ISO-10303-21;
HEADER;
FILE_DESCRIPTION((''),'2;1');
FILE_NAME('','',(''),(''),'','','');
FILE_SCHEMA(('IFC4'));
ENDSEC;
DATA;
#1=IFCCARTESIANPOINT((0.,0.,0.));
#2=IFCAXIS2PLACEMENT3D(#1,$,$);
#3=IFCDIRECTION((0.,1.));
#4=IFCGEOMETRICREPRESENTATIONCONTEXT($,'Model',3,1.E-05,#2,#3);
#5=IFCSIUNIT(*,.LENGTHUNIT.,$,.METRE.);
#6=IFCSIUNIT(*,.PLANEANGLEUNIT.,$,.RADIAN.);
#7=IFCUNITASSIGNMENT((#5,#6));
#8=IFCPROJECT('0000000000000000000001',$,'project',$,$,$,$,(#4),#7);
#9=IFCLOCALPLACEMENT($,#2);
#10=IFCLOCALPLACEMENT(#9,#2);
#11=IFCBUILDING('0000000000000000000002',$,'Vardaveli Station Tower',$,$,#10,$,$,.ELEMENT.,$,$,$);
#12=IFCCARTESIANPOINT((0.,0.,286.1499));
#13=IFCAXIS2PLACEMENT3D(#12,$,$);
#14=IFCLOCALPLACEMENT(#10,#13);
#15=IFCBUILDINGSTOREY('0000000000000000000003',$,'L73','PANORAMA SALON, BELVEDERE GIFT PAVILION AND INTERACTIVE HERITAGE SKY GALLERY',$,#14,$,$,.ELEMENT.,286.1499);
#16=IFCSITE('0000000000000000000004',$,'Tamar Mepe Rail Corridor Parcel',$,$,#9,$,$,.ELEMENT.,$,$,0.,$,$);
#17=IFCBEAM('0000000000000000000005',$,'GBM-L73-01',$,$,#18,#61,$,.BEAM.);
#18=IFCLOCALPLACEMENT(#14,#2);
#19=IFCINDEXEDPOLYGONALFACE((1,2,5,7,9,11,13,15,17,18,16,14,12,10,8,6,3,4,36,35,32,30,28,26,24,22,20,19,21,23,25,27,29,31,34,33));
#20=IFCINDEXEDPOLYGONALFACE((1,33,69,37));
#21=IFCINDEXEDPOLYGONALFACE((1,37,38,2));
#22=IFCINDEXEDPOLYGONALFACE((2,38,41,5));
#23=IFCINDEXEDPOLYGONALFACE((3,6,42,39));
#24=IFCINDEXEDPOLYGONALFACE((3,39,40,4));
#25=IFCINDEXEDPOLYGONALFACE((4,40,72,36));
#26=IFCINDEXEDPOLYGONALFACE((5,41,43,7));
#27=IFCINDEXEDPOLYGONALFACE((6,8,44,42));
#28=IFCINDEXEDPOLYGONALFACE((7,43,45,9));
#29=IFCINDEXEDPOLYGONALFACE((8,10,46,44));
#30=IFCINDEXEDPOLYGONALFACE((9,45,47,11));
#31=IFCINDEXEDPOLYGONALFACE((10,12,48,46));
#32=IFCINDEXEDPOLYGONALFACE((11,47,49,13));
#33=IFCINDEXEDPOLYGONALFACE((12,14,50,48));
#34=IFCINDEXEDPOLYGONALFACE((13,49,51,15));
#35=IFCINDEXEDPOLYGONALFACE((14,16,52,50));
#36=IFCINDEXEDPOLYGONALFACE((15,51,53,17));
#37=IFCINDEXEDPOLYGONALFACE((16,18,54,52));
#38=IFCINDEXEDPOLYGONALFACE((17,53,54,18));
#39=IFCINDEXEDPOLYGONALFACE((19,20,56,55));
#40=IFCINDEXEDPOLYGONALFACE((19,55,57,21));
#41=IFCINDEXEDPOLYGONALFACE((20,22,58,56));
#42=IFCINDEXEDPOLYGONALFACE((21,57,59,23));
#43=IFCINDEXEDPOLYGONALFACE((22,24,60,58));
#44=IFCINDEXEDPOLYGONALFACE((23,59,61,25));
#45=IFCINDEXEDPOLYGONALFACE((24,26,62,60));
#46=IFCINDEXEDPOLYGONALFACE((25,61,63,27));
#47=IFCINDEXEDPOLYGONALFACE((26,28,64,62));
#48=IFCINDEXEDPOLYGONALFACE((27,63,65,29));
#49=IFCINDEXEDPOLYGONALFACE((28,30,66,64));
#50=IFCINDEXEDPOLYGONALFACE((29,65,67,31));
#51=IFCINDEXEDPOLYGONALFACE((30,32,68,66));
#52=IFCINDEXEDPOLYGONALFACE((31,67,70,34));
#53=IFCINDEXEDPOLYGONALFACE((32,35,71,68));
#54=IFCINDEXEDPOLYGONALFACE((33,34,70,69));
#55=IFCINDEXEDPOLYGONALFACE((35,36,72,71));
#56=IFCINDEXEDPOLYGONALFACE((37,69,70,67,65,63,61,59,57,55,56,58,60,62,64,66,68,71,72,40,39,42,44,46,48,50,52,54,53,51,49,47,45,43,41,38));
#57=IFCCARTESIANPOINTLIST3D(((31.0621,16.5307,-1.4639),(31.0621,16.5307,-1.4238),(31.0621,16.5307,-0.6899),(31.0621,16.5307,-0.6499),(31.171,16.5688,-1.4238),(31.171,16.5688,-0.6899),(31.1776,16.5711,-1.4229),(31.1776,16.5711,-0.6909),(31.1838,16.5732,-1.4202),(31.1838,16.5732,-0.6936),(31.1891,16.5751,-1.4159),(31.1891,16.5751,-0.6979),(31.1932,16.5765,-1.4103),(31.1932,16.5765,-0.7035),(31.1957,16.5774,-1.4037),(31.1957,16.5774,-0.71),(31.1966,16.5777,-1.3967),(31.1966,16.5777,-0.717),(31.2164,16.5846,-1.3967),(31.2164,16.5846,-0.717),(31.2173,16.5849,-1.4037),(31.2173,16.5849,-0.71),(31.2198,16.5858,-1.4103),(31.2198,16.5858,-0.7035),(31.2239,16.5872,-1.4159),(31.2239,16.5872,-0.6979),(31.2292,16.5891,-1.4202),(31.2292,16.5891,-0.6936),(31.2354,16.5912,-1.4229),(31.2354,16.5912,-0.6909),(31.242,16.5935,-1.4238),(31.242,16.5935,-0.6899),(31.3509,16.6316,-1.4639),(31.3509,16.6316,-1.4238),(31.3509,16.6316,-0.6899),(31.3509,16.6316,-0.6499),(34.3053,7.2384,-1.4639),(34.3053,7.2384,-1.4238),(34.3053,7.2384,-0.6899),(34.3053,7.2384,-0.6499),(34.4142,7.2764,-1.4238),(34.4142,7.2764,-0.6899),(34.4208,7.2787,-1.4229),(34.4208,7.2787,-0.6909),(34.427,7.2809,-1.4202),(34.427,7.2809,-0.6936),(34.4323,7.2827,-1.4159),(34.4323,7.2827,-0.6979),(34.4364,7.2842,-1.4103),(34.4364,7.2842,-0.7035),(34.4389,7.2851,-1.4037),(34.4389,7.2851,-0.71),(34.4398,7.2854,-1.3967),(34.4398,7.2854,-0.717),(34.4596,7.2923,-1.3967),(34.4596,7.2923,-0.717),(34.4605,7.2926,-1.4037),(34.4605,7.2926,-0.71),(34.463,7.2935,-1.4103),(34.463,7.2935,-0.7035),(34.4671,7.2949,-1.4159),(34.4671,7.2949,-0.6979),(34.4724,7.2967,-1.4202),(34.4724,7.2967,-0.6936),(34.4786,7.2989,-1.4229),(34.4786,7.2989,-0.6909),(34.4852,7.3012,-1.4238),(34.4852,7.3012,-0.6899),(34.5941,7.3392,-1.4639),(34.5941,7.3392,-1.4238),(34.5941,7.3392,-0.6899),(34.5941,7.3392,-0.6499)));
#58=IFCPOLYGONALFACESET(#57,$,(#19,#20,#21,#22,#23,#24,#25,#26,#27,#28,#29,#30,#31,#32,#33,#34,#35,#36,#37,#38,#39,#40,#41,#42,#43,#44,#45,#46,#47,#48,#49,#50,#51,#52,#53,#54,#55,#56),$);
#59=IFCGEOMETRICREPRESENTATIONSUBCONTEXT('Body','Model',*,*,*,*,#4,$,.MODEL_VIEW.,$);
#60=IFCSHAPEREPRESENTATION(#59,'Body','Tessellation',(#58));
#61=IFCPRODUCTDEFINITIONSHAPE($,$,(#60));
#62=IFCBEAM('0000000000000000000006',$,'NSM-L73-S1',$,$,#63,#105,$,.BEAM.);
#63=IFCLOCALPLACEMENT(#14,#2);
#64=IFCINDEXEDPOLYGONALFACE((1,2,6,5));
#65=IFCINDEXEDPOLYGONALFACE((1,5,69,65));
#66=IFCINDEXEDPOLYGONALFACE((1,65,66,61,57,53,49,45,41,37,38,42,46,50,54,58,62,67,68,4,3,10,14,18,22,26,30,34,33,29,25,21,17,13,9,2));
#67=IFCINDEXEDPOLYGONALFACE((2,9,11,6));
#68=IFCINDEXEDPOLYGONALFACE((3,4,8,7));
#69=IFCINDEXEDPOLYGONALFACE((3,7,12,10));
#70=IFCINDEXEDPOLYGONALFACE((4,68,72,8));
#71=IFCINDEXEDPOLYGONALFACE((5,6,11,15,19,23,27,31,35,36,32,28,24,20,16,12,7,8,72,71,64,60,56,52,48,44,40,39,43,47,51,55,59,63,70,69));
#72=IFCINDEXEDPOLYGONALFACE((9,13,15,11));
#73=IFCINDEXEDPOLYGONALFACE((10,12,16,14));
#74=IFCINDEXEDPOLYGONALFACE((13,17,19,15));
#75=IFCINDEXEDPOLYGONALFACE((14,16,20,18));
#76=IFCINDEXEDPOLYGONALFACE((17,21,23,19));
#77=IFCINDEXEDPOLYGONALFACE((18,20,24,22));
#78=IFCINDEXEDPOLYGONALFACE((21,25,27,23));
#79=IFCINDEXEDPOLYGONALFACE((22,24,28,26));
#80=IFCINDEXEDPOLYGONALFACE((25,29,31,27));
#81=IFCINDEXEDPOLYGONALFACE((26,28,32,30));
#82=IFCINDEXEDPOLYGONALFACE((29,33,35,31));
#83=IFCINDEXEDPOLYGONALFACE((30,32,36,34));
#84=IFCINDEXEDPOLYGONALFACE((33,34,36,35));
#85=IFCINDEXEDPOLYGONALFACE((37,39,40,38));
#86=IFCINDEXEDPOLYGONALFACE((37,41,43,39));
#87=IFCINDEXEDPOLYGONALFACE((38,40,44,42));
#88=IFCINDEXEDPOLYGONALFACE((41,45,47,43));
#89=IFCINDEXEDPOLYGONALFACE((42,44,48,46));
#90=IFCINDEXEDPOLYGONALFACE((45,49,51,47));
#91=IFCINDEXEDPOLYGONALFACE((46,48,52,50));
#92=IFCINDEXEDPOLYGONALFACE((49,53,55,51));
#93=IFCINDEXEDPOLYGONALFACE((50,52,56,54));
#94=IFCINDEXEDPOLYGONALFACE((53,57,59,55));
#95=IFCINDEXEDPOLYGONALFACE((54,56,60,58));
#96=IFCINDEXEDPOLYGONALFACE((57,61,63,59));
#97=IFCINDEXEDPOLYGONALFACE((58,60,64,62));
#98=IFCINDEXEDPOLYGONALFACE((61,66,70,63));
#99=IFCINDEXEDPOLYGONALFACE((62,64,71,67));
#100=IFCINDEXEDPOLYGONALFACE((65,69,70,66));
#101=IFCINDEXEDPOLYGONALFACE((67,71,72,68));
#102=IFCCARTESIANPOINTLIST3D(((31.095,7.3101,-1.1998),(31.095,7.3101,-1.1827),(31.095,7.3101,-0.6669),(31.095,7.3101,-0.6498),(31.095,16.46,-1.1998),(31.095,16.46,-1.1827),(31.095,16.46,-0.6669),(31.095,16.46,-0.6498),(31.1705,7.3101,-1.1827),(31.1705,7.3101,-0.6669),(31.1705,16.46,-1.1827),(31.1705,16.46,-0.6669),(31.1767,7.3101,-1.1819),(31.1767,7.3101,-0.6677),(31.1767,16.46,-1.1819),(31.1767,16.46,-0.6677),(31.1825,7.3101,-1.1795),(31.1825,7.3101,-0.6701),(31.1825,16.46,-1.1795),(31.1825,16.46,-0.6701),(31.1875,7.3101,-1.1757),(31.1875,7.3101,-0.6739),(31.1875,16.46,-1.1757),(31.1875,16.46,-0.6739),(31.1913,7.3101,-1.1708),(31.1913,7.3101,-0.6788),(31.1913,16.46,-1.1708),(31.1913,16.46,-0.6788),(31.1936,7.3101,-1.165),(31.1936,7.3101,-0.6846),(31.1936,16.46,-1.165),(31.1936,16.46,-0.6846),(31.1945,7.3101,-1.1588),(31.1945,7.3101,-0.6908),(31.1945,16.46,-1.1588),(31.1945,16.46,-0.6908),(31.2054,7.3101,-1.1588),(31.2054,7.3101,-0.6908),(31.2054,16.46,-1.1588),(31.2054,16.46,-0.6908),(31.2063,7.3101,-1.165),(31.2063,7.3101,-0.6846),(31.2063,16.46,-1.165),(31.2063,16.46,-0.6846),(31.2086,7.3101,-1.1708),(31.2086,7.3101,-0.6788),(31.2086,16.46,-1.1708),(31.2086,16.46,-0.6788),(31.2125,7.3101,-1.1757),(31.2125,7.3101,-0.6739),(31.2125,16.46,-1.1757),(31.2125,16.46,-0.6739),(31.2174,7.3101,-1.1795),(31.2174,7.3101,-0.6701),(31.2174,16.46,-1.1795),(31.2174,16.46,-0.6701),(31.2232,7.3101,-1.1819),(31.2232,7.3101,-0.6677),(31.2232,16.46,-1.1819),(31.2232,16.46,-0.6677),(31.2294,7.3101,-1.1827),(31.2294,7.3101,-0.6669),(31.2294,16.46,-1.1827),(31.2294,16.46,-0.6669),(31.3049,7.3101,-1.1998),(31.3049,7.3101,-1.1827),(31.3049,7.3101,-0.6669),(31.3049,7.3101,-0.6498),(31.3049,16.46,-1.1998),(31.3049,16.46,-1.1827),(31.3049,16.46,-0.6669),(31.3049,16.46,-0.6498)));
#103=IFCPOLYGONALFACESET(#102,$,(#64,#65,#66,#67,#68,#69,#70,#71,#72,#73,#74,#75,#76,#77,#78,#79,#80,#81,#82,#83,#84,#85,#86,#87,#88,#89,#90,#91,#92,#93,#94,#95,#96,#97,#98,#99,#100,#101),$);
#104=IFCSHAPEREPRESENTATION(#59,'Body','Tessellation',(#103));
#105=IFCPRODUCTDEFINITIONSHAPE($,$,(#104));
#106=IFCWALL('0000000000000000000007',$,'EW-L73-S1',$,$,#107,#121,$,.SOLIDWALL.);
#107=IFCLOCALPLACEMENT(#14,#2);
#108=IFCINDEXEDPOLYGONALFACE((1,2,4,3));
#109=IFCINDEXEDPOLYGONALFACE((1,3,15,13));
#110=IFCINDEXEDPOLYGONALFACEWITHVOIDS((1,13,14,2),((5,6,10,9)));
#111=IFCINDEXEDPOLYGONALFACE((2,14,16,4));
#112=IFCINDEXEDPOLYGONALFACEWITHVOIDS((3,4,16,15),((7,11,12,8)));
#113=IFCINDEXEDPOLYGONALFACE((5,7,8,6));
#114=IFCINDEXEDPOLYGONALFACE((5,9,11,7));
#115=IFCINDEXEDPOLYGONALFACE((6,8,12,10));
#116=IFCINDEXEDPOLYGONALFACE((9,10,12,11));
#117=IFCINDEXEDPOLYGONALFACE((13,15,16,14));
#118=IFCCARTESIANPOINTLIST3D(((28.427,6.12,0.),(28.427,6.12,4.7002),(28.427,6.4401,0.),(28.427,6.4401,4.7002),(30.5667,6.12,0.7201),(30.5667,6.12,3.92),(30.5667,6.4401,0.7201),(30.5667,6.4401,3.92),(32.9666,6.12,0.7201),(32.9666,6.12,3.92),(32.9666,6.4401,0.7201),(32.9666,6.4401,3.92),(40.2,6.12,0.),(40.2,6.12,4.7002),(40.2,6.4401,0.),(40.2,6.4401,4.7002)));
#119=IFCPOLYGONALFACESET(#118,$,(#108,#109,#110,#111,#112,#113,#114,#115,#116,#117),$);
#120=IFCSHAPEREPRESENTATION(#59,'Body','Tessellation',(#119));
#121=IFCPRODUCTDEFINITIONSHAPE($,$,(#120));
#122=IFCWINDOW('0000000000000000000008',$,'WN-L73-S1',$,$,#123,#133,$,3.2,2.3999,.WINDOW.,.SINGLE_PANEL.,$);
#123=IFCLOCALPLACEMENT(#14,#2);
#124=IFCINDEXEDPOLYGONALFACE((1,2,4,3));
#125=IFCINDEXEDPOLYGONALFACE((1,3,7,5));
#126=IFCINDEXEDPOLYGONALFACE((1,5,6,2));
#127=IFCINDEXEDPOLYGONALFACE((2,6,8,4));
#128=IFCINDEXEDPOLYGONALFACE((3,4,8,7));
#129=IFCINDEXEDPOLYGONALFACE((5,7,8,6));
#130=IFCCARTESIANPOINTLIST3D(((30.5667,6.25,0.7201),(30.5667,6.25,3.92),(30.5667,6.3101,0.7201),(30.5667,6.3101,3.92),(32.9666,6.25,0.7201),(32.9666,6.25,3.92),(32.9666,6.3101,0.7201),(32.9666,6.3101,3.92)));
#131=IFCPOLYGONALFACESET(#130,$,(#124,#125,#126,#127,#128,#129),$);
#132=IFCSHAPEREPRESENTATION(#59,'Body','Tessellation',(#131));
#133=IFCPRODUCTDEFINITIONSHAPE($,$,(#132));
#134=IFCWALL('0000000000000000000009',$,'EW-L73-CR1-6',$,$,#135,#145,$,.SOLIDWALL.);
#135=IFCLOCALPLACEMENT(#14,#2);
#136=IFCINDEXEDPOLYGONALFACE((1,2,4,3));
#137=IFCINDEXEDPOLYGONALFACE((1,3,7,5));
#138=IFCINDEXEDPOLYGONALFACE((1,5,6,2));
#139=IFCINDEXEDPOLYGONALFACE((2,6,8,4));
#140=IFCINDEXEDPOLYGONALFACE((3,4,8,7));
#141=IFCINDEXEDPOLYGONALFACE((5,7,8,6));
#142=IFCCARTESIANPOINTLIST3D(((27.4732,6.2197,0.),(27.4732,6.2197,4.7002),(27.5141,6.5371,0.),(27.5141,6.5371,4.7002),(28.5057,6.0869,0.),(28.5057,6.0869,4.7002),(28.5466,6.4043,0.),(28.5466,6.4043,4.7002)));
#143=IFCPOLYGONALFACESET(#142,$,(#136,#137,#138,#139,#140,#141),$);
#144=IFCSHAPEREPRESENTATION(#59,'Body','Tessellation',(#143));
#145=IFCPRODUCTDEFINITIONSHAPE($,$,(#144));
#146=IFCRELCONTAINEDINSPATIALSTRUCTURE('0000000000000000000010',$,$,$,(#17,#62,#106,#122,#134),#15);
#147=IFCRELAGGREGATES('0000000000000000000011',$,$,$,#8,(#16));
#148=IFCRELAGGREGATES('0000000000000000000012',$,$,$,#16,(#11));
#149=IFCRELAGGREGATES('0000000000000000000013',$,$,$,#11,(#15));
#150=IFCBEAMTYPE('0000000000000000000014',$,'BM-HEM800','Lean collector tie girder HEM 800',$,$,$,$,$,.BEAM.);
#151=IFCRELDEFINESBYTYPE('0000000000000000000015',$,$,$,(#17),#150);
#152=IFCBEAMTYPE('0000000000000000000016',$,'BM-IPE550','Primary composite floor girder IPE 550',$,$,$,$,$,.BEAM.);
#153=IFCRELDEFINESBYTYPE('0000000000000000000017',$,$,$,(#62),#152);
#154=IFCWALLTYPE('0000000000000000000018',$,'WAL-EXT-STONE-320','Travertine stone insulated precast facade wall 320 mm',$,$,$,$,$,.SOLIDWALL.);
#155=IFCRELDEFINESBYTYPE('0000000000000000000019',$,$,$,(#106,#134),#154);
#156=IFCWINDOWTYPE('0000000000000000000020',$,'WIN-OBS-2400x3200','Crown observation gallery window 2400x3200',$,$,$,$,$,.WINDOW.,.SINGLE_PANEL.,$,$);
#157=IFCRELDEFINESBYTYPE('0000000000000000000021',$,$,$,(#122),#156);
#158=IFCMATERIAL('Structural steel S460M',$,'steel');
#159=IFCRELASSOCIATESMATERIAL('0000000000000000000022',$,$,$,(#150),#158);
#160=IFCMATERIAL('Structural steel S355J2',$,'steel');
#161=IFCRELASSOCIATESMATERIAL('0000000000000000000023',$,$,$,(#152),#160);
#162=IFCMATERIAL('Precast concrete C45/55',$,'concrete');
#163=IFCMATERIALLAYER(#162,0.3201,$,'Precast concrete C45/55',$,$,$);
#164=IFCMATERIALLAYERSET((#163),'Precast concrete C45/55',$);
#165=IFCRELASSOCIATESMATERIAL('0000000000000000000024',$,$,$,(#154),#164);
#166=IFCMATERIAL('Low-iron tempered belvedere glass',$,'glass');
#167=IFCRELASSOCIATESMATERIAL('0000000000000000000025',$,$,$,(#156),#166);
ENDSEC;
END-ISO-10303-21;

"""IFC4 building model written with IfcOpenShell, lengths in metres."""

from ifc_helpers import new_model, si_unit, direction, frame, frame_2d, origin, origin_2d, place, context, subcontext, project, spatial, rectangle, i_section, extrude, source, transform, mapped, material, layer, layer_set, material_profile, profile_set, type_object, element, fill, save


model = new_model("IFC4")

# Units and contexts
model_context = context("Model", 3, precision=1e-05, world=origin(), true_north=direction((0.0, 1.0)))
body_context = subcontext(model_context, "Body", "Model", "MODEL_VIEW")
ifc_project = project(units=[si_unit("LENGTHUNIT", "METRE"), si_unit("PLANEANGLEUNIT", "RADIAN")], contexts=[model_context])

# Site, building, storey
site_placement = place(None, origin())
site = spatial("IfcSite", under=ifc_project, at=site_placement, Name="Tamar Mepe Rail Corridor Parcel", CompositionType="ELEMENT", RefElevation=0.0)
building_placement = place(site_placement, origin())
building = spatial("IfcBuilding", under=site, at=building_placement, Name="Vardaveli Station Tower", CompositionType="ELEMENT")
storey_placement = place(building_placement, frame((0.0, 0.0, 286.1499)))
storey = spatial("IfcBuildingStorey", under=building, at=storey_placement, Name="L73", Description="PANORAMA SALON, BELVEDERE GIFT PAVILION AND INTERACTIVE HERITAGE SKY GALLERY", CompositionType="ELEMENT", Elevation=286.1499)

# Shared definitions
ifc_material_1 = material(Name="Structural steel S460M", Category="steel")
ifc_material_2 = material(Name="Structural steel S355J2", Category="steel")

# Beams
ifc_material_profile_1 = material_profile(ifc_material_1, i_section(OverallWidth=0.3059, OverallDepth=0.814, WebThickness=0.021, FlangeThickness=0.04, FilletRadius=0.0271, at=origin_2d()), Name="HEM 800")
ifc_profile_set_1 = profile_set([ifc_material_profile_1], Name="Structural steel S460M")
beam_type_1 = type_object("IfcBeamType", Name="BM-HEM800", Description="Lean collector tie girder HEM 800", PredefinedType="BEAM", material=ifc_profile_set_1)
shared_shape_1 = source(origin(), body_context, "Body", "SweptSolid", [
    extrude(i_section(OverallWidth=0.3059, OverallDepth=0.814, WebThickness=0.021, FlangeThickness=0.04, FilletRadius=0.0271, at=origin_2d()), origin(), (0.0, 0.0, 1.0), 9.842),
])
beam_1_placement = place(storey_placement, frame((34.4497, 7.2888, -1.0569), z_axis=(-0.329525, 0.944147, 0.0), x_axis=(-0.944147, -0.329525, 0.0)))
element("IfcBeam", 1, at=beam_1_placement, inside=storey, type_object=beam_type_1, Name="GBM-L73-01", PredefinedType="BEAM", context=body_context, shape_type="MappedRepresentation", body=[
    mapped(shared_shape_1, transform((0.0, 0.0, 0.0), scale=1.0)),
])
ifc_material_profile_2 = material_profile(ifc_material_2, i_section(OverallWidth=0.21, OverallDepth=0.55, WebThickness=0.011, FlangeThickness=0.0171, FilletRadius=0.0239, at=origin_2d()), Name="IPE 550")
ifc_profile_set_2 = profile_set([ifc_material_profile_2], Name="Structural steel S355J2")
beam_type_2 = type_object("IfcBeamType", Name="BM-IPE550", Description="Primary composite floor girder IPE 550", PredefinedType="BEAM", material=ifc_profile_set_2)
shared_shape_2 = source(origin(), body_context, "Body", "SweptSolid", [
    extrude(i_section(OverallWidth=0.21, OverallDepth=0.55, WebThickness=0.011, FlangeThickness=0.0171, FilletRadius=0.0239, at=origin_2d()), origin(), (0.0, 0.0, 1.0), 9.1499),
])
beam_2_placement = place(storey_placement, frame((31.2, 7.3101, -0.9248), z_axis=(0.0, 1.0, 0.0), x_axis=(-1.0, 0.0, 0.0)))
element("IfcBeam", 2, at=beam_2_placement, inside=storey, type_object=beam_type_2, Name="NSM-L73-S1", PredefinedType="BEAM", context=body_context, shape_type="MappedRepresentation", body=[
    mapped(shared_shape_2, transform((0.0, 0.0, 0.0), scale=1.0)),
])

# Wall, opening, window
ifc_material_3 = material(Name="Precast concrete C45/55", Category="concrete")
ifc_layer_1 = layer(ifc_material_3, 0.3201, Name="Precast concrete C45/55")
ifc_layer_set_1 = layer_set([ifc_layer_1], Name="Precast concrete C45/55")
wall_type_1 = type_object("IfcWallType", Name="WAL-EXT-STONE-320", Description="Travertine stone insulated precast facade wall 320 mm", PredefinedType="SOLIDWALL", material=ifc_layer_set_1)
shared_shape_3 = source(origin(), body_context, "Body", "SweptSolid", [
    extrude(rectangle(XDim=11.7729, YDim=0.3201, at=frame_2d((5.8865, 0.0))), origin(), (0.0, 0.0, 1.0), 4.7002),
])
wall_1_placement = place(storey_placement, frame((28.427, 6.28, 0.0), z_axis=(0.0, 0.0, 1.0), x_axis=(1.0, 0.0, 0.0)))
wall_1 = element("IfcWall", 3, at=wall_1_placement, inside=storey, type_object=wall_type_1, Name="EW-L73-S1", PredefinedType="SOLIDWALL", context=body_context, shape_type="MappedRepresentation", body=[
    mapped(shared_shape_3, transform((0.0, 0.0, 0.0), scale=1.0)),
])
shared_shape_4 = source(origin(), body_context, "Body", "SweptSolid", [
    extrude(rectangle(XDim=2.3999, YDim=3.2, at=frame_2d((1.2, 1.6001))), frame((0.0, 0.1699, 0.0), z_axis=(0.0, -1.0, 0.0), x_axis=(1.0, 0.0, 0.0)), (0.0, 0.0, 1.0), 0.3401),
])
opening_1_placement = place(wall_1_placement, frame((2.1396, 0.0, 0.72)))
opening_1 = element("IfcOpeningElement", 4, at=opening_1_placement, cuts=wall_1, PredefinedType="OPENING", context=body_context, shape_type="MappedRepresentation", body=[
    mapped(shared_shape_4, transform((0.0, 0.0, 0.0), scale=1.0)),
])
ifc_material_4 = material(Name="Low-iron tempered belvedere glass", Category="glass")
window_type = type_object("IfcWindowType", Name="WIN-OBS-2400x3200", Description="Crown observation gallery window 2400x3200", PartitioningType="SINGLE_PANEL", PredefinedType="WINDOW", material=ifc_material_4)
shared_shape_5 = source(origin(), body_context, "Body", "SweptSolid", [
    extrude(rectangle(XDim=2.3999, YDim=3.2, at=frame_2d((1.2, 1.6001))), frame((0.0, 0.03, 0.0), z_axis=(0.0, -1.0, 0.0), x_axis=(1.0, 0.0, 0.0)), (0.0, 0.0, 1.0), 0.0601),
])
window_placement = place(opening_1_placement, origin())
window = element("IfcWindow", 5, at=window_placement, inside=storey, type_object=window_type, Name="WN-L73-S1", OverallHeight=3.2, OverallWidth=2.3999, PartitioningType="SINGLE_PANEL", PredefinedType="WINDOW", context=body_context, shape_type="MappedRepresentation", body=[
    mapped(shared_shape_5, transform((0.0, 0.0, 0.0), scale=1.0)),
])
fill(opening_1, window)

# Wall
shared_shape_6 = source(origin(), body_context, "Body", "SweptSolid", [
    extrude(rectangle(XDim=1.041, YDim=0.3201, at=frame_2d((0.5205, 0.0))), origin(), (0.0, 0.0, 1.0), 4.7002),
])
wall_2_placement = place(storey_placement, frame((27.4937, 6.3784, 0.0), z_axis=(0.0, 0.0, 1.0), x_axis=(0.991828, -0.127584, 0.0)))
element("IfcWall", 6, at=wall_2_placement, inside=storey, type_object=wall_type_1, Name="EW-L73-CR1-6", PredefinedType="SOLIDWALL", context=body_context, shape_type="MappedRepresentation", body=[
    mapped(shared_shape_6, transform((0.0, 0.0, 0.0), scale=1.0)),
])

save(model, "model.ifc")
